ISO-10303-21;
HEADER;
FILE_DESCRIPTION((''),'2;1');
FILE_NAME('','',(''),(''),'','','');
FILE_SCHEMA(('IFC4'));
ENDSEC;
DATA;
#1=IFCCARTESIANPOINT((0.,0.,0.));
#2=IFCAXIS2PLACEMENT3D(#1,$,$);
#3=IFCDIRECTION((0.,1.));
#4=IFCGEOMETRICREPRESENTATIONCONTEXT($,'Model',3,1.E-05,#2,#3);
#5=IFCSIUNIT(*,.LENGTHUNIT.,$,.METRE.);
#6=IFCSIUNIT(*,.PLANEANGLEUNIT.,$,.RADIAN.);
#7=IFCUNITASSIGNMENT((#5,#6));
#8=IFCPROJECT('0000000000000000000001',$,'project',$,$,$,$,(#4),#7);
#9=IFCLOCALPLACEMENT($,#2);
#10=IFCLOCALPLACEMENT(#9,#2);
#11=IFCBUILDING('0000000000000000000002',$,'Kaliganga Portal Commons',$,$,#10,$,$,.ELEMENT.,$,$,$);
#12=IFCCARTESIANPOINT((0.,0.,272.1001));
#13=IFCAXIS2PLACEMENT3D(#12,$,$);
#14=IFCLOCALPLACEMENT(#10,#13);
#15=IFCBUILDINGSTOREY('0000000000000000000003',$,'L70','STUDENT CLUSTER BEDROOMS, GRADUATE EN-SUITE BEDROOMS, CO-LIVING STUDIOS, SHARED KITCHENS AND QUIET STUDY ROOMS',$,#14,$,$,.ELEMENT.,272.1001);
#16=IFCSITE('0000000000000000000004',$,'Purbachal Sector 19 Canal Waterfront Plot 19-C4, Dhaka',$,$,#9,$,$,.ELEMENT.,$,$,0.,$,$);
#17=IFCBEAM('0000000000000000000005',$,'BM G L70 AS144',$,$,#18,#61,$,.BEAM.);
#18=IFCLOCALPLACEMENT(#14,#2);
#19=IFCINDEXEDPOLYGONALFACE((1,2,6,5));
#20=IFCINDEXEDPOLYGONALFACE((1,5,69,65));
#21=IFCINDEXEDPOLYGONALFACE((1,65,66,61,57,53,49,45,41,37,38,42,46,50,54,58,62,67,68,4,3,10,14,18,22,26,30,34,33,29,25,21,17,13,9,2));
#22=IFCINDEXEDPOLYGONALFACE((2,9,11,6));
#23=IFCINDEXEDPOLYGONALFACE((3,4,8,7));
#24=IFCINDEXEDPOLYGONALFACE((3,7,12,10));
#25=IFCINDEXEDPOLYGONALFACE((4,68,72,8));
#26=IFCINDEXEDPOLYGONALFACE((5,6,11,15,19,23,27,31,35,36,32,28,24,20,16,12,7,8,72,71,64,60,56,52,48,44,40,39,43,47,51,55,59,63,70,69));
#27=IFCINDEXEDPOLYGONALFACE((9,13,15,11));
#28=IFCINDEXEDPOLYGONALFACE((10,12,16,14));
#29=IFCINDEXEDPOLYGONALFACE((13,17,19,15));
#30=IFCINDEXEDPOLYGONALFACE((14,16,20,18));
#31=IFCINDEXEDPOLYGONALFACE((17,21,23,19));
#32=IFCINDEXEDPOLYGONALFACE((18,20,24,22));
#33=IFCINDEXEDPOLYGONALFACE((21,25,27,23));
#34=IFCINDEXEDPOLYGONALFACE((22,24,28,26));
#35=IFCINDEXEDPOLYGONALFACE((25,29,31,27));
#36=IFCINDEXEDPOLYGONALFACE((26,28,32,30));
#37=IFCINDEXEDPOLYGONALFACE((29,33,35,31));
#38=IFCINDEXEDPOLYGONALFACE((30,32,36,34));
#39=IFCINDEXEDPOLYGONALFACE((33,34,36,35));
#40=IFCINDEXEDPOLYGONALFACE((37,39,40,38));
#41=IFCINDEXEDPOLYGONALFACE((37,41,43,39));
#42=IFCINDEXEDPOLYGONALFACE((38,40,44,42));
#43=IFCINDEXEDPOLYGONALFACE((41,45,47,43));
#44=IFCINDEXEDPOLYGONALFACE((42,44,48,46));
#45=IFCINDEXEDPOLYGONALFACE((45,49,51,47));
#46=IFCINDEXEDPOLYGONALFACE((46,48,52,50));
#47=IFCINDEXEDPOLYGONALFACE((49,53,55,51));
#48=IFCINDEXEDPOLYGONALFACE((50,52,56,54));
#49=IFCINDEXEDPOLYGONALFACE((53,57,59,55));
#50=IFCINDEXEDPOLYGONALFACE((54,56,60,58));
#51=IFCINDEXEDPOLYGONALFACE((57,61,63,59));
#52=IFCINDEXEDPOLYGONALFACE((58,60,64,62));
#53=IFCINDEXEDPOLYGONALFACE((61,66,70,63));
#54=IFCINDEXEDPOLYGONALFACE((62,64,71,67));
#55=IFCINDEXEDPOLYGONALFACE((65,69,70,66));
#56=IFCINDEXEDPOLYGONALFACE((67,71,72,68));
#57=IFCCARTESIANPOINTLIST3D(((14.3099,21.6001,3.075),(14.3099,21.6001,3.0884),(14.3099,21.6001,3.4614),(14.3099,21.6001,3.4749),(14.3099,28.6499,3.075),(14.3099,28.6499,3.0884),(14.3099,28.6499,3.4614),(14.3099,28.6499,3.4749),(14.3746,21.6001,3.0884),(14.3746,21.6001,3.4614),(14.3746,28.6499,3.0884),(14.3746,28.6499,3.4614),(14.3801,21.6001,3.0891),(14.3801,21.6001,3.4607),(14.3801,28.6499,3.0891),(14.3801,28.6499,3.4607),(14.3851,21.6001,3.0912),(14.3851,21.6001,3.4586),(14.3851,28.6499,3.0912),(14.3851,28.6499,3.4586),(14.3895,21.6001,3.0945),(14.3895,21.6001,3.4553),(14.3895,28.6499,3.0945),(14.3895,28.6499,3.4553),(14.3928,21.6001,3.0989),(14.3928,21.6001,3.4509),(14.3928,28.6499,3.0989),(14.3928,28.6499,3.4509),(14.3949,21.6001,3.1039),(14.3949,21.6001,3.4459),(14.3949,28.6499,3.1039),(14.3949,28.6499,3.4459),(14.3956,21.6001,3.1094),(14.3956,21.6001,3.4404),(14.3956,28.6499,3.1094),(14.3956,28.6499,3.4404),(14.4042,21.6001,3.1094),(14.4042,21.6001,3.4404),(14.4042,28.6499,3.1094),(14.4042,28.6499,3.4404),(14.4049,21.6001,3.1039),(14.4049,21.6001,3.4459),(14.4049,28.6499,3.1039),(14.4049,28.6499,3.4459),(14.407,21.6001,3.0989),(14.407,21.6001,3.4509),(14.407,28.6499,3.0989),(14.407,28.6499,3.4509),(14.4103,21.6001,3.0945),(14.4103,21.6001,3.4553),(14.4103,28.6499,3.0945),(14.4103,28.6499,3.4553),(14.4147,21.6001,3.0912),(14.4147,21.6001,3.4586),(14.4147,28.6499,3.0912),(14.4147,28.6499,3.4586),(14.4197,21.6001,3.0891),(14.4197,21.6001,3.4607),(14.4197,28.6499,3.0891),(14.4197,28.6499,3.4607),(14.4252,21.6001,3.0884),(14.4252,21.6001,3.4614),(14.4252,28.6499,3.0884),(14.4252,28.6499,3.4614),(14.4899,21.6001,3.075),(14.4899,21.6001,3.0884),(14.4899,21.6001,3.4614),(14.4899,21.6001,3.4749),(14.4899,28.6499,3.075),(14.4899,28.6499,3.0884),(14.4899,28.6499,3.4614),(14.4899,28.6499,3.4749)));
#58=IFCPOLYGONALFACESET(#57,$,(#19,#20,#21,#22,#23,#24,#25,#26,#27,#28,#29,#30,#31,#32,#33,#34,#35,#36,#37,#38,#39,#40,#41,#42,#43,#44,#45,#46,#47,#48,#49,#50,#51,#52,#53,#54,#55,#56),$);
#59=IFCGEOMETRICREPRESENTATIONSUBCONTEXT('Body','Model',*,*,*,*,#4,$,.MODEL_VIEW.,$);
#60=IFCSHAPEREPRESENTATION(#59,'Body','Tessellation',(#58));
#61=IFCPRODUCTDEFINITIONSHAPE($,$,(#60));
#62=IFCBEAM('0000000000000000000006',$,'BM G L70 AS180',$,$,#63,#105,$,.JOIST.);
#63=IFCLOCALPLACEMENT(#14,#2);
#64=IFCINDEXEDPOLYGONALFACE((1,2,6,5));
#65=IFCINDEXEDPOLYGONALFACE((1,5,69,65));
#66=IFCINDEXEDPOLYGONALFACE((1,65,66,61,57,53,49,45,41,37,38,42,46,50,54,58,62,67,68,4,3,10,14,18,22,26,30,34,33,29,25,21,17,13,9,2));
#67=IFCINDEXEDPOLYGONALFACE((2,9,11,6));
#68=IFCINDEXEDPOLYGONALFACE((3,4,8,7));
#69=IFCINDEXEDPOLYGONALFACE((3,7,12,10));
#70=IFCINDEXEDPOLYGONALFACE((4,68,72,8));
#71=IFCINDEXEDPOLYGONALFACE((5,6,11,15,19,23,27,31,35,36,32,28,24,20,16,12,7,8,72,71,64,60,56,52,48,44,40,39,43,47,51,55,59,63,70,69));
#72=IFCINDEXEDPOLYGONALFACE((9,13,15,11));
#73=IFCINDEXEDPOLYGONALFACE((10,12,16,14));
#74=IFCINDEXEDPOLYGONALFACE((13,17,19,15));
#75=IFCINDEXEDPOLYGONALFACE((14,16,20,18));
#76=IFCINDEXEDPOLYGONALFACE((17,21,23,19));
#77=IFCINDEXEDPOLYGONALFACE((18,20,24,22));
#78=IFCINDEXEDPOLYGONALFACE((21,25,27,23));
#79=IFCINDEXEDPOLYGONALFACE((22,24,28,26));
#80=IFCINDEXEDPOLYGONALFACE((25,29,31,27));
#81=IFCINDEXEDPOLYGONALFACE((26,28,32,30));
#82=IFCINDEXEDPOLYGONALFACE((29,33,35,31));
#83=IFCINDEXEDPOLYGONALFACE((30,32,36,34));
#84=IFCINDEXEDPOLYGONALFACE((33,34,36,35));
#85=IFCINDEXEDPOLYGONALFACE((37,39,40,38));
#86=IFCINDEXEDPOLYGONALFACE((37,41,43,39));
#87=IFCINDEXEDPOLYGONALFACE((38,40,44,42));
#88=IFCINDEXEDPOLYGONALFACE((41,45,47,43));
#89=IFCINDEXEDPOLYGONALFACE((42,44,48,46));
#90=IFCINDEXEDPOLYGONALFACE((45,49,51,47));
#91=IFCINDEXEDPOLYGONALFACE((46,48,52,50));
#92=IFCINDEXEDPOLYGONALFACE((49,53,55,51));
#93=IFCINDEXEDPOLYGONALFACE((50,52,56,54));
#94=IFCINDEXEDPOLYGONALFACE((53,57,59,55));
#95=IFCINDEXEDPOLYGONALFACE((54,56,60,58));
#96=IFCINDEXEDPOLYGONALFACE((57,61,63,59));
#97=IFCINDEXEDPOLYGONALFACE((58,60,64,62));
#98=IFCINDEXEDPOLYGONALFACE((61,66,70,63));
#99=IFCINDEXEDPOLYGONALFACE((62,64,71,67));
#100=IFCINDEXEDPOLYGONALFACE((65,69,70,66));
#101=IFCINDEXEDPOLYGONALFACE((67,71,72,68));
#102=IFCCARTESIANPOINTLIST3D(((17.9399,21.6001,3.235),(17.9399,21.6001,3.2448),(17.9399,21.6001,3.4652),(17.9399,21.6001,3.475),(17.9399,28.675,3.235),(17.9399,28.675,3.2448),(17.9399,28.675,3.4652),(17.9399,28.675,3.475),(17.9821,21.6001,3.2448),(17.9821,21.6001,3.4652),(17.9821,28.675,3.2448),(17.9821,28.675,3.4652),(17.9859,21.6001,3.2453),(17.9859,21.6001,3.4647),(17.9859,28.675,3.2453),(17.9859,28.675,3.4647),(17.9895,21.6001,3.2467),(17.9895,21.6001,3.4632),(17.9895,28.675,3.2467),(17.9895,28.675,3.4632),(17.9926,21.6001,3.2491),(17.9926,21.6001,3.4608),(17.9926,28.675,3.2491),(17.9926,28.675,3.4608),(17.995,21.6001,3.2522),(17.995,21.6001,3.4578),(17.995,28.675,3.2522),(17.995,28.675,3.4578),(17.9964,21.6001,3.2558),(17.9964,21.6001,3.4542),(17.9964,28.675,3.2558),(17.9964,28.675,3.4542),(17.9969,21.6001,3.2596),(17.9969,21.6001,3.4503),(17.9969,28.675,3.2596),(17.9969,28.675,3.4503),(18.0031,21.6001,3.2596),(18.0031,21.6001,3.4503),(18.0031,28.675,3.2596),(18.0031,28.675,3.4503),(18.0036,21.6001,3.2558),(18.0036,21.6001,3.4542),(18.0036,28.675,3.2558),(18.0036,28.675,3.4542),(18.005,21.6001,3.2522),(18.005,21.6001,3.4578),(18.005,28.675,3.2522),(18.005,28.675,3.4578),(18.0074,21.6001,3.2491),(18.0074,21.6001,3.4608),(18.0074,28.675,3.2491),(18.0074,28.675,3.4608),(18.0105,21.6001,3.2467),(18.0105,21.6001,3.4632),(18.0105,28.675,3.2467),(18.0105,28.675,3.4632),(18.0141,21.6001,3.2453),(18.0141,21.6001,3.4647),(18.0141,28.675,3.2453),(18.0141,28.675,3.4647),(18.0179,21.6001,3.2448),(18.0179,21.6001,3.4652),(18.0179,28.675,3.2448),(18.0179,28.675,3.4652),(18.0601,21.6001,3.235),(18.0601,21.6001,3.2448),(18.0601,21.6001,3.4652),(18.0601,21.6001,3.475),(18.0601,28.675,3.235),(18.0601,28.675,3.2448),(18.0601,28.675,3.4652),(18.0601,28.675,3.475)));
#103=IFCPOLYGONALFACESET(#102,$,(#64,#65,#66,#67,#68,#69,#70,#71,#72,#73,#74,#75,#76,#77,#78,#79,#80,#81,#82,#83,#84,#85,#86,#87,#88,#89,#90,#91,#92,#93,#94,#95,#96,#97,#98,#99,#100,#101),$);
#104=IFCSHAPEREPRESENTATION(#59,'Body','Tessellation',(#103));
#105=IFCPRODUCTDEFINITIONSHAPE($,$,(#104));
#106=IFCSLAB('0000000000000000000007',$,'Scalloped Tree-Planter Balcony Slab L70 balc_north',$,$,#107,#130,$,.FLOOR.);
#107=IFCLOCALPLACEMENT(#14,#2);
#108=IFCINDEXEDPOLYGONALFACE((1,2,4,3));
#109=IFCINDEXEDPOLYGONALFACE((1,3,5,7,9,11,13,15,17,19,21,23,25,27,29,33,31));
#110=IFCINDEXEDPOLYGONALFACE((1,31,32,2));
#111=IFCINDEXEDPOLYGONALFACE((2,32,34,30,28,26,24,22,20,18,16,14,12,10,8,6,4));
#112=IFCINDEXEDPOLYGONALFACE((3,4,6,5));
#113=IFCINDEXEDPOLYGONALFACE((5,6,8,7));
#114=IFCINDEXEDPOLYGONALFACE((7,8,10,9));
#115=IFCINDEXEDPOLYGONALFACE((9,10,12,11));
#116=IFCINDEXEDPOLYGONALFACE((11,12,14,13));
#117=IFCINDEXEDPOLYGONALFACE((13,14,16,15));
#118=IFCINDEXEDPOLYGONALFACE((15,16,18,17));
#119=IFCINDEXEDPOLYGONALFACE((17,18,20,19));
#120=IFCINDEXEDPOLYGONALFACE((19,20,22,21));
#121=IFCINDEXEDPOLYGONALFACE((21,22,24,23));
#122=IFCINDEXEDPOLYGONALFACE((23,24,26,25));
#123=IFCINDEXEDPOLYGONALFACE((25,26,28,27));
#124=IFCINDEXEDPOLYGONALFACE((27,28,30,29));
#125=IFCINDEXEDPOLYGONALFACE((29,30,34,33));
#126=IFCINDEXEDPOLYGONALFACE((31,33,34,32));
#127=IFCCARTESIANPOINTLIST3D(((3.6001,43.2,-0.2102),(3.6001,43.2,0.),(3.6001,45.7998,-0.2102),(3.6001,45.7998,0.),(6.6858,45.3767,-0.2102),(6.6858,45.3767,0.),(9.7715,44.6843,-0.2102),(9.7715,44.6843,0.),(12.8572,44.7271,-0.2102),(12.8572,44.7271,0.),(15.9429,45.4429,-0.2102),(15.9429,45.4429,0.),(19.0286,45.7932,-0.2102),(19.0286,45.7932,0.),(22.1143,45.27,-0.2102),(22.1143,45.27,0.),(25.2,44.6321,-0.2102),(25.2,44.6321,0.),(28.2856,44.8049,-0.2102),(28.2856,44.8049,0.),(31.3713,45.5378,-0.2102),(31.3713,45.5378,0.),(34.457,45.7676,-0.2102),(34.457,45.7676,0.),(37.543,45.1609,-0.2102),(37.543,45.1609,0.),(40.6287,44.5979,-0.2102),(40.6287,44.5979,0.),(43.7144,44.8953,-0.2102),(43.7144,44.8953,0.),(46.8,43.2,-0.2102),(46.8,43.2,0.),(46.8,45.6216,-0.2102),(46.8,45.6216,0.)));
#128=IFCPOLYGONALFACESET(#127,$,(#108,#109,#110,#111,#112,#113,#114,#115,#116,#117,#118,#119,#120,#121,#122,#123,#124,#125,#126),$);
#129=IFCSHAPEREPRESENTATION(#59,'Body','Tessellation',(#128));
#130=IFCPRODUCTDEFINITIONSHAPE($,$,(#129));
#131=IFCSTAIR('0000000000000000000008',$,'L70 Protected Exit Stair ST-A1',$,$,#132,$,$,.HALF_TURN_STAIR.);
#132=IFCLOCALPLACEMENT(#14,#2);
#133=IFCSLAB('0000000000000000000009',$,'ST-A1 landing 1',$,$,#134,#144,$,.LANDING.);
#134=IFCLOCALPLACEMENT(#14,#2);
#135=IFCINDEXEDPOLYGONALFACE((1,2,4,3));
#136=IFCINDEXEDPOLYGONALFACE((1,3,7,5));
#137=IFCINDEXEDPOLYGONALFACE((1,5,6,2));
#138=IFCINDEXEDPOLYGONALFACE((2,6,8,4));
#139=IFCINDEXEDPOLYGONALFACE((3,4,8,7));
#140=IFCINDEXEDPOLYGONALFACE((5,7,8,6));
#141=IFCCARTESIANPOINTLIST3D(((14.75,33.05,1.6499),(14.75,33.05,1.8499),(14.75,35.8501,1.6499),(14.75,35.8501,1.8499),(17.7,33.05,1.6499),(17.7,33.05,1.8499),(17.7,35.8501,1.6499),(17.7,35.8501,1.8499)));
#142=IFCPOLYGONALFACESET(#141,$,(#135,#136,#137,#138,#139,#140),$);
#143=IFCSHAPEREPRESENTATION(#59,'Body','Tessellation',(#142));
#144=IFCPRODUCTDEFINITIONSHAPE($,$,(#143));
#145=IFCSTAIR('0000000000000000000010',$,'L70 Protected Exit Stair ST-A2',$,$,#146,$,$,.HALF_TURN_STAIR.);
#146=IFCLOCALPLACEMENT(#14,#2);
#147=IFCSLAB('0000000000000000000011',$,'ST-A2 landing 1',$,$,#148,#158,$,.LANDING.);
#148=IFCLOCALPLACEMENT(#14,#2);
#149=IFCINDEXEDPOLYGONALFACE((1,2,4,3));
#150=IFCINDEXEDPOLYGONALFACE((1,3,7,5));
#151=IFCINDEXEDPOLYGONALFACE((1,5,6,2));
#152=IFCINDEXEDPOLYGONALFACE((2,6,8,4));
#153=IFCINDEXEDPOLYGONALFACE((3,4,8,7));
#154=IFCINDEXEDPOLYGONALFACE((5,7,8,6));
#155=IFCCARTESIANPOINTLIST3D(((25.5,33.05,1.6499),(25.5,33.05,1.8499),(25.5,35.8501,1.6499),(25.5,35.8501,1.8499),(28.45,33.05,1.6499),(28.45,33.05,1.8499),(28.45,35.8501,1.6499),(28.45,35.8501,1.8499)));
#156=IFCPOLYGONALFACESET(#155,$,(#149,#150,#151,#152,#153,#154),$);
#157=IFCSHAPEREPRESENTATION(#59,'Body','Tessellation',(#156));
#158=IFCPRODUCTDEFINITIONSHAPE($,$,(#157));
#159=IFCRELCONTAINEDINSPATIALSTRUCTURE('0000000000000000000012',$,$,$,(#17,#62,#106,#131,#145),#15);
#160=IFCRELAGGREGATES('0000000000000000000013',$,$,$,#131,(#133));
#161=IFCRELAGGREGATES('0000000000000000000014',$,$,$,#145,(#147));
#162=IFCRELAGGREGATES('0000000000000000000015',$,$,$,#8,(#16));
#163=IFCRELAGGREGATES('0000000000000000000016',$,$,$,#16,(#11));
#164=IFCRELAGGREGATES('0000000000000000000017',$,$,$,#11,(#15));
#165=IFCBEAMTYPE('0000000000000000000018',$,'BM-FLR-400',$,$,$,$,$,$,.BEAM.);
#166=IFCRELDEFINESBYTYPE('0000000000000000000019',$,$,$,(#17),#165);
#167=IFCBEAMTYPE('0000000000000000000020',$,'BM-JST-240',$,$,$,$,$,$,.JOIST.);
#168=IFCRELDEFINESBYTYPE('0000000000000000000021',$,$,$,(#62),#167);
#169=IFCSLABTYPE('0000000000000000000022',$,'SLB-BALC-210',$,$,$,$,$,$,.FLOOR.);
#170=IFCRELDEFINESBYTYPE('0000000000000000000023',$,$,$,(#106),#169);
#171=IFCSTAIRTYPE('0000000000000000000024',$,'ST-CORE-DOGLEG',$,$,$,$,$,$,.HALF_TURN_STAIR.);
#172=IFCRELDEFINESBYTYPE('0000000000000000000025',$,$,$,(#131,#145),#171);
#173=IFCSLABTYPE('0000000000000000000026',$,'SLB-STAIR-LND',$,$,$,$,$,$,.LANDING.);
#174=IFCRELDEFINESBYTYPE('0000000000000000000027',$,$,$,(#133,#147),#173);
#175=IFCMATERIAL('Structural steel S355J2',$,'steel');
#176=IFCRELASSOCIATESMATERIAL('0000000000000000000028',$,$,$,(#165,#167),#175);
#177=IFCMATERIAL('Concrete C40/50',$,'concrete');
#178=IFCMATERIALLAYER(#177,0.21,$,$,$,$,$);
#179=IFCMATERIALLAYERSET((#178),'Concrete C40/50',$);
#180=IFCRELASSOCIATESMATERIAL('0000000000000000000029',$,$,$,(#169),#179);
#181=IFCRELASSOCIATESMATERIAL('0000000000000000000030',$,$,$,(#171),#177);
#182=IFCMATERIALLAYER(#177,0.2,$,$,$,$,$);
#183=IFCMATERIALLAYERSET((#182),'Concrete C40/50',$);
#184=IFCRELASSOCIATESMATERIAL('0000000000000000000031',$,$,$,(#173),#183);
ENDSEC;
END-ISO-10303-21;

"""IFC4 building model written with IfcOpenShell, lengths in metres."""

from ifc_helpers import new_model, si_unit, direction, frame, origin, origin_2d, place, context, subcontext, project, spatial, polyline, i_section, outline, extrude, source, transform, mapped, material, layer, layer_set, material_profile, profile_set, type_object, element, aggregate, save


model = new_model("IFC4")

# Units and contexts
model_context = context("Model", 3, precision=1e-05, world=origin(), true_north=direction((0.0, 1.0)))
body_context = subcontext(model_context, "Body", "Model", "MODEL_VIEW")
ifc_project = project(units=[si_unit("LENGTHUNIT", "METRE"), si_unit("PLANEANGLEUNIT", "RADIAN")], contexts=[model_context])

# Site, building, storey
site_placement = place(None, origin())
site = spatial("IfcSite", under=ifc_project, at=site_placement, Name="Purbachal Sector 19 Canal Waterfront Plot 19-C4, Dhaka", CompositionType="ELEMENT", RefElevation=0.0)
building_placement = place(site_placement, origin())
building = spatial("IfcBuilding", under=site, at=building_placement, Name="Kaliganga Portal Commons", CompositionType="ELEMENT")
storey_placement = place(building_placement, frame((0.0, 0.0, 272.1001)))
storey = spatial("IfcBuildingStorey", under=building, at=storey_placement, Name="L70", Description="STUDENT CLUSTER BEDROOMS, GRADUATE EN-SUITE BEDROOMS, CO-LIVING STUDIOS, SHARED KITCHENS AND QUIET STUDY ROOMS", CompositionType="ELEMENT", Elevation=272.1001)

# Shared definitions
ifc_material_1 = material(Name="Structural steel S355J2", Category="steel")

# Beams
ifc_material_profile_1 = material_profile(ifc_material_1, i_section(OverallWidth=0.1799, OverallDepth=0.3999, WebThickness=0.0085, FlangeThickness=0.0134, FilletRadius=0.021, at=origin_2d()), Name="IPE 400")
ifc_profile_set_1 = profile_set([ifc_material_profile_1], Name="Structural steel S355J2 wide-flange")
beam_type_1 = type_object("IfcBeamType", Name="BM-FLR-400", PredefinedType="BEAM", material=ifc_profile_set_1)
shared_shape_1 = source(origin(), body_context, "Body", "SweptSolid", [
    extrude(i_section(OverallWidth=0.1799, OverallDepth=0.3999, WebThickness=0.0085, FlangeThickness=0.0134, FilletRadius=0.021, at=origin_2d()), origin(), (0.0, 0.0, 1.0), 7.0498),
])
beam_1_placement = place(storey_placement, frame((14.3999, 21.6001, 3.2749), z_axis=(0.0, 1.0, 0.0), x_axis=(-1.0, 0.0, 0.0)))
element("IfcBeam", 1, at=beam_1_placement, inside=storey, type_object=beam_type_1, Name="BM G L70 AS144", PredefinedType="BEAM", context=body_context, shape_type="MappedRepresentation", body=[
    mapped(shared_shape_1, transform((0.0, 0.0, 0.0), x_axis=(1.0, 0.0, 0.0), y_axis=(0.0, 1.0, 0.0), z_axis=(0.0, 0.0, 1.0), scale=1.0)),
])
ifc_material_profile_2 = material_profile(ifc_material_1, i_section(OverallWidth=0.1201, OverallDepth=0.24, WebThickness=0.0061, FlangeThickness=0.0098, FilletRadius=0.0149, at=origin_2d()), Name="IPE 240")
ifc_profile_set_2 = profile_set([ifc_material_profile_2], Name="Structural steel S355J2 wide-flange")
beam_type_2 = type_object("IfcBeamType", Name="BM-JST-240", PredefinedType="JOIST", material=ifc_profile_set_2)
shared_shape_2 = source(origin(), body_context, "Body", "SweptSolid", [
    extrude(i_section(OverallWidth=0.1201, OverallDepth=0.24, WebThickness=0.0061, FlangeThickness=0.0098, FilletRadius=0.0149, at=origin_2d()), origin(), (0.0, 0.0, 1.0), 7.075),
])
beam_2_placement = place(storey_placement, frame((18.0, 21.6001, 3.355), z_axis=(0.0, 1.0, 0.0), x_axis=(-1.0, 0.0, 0.0)))
element("IfcBeam", 2, at=beam_2_placement, inside=storey, type_object=beam_type_2, Name="BM G L70 AS180", PredefinedType="JOIST", context=body_context, shape_type="MappedRepresentation", body=[
    mapped(shared_shape_2, transform((0.0, 0.0, 0.0), x_axis=(1.0, 0.0, 0.0), y_axis=(0.0, 1.0, 0.0), z_axis=(0.0, 0.0, 1.0), scale=1.0)),
])

# Slab
ifc_material_2 = material(Name="Concrete C40/50", Category="concrete")
ifc_layer_1 = layer(ifc_material_2, 0.21)
ifc_layer_set_1 = layer_set([ifc_layer_1], Name="Concrete C40/50")
slab_type_1 = type_object("IfcSlabType", Name="SLB-BALC-210", PredefinedType="FLOOR", material=ifc_layer_set_1)
slab_1_placement = place(storey_placement, frame((0.0, 0.0, -0.2102)))
element("IfcSlab", 3, at=slab_1_placement, inside=storey, type_object=slab_type_1, Name="Scalloped Tree-Planter Balcony Slab L70 balc_north", PredefinedType="FLOOR", context=body_context, shape_type="SweptSolid", body=[
    extrude(outline(polyline([(46.8, 43.2), (46.8, 45.6216), (43.7144, 44.8953), (40.6287, 44.5979), (37.543, 45.1609), (34.457, 45.7676), (31.3713, 45.5378), (28.2856, 44.8049), (25.2, 44.6321), (22.1143, 45.27), (19.0286, 45.7932), (15.9429, 45.4429), (12.8572, 44.7271), (9.7715, 44.6843), (6.6858, 45.3767), (3.6001, 45.7998), (3.6001, 43.2), (46.8, 43.2)])), origin(), (0.0, 0.0, 1.0), 0.2102),
])

# Stairs, slabs
stair_type = type_object("IfcStairType", Name="ST-CORE-DOGLEG", PredefinedType="HALF_TURN_STAIR", material=ifc_material_2)
stair_1_placement = place(storey_placement, origin())
stair_1 = element("IfcStair", 4, at=stair_1_placement, inside=storey, type_object=stair_type, Name="L70 Protected Exit Stair ST-A1", PredefinedType="HALF_TURN_STAIR")
ifc_layer_2 = layer(ifc_material_2, 0.2)
ifc_layer_set_2 = layer_set([ifc_layer_2], Name="Concrete C40/50")
slab_type_2 = type_object("IfcSlabType", Name="SLB-STAIR-LND", PredefinedType="LANDING", material=ifc_layer_set_2)
slab_2_placement = place(storey_placement, frame((0.0, 0.0, 1.6499)))
slab_2 = element("IfcSlab", 5, at=slab_2_placement, type_object=slab_type_2, Name="ST-A1 landing 1", PredefinedType="LANDING", context=body_context, shape_type="SweptSolid", body=[
    extrude(outline(polyline([(17.7, 33.05), (17.7, 35.8501), (14.75, 35.8501), (14.75, 33.05), (17.7, 33.05)])), origin(), (0.0, 0.0, 1.0), 0.2),
])
aggregate(stair_1, [slab_2])
stair_2_placement = place(storey_placement, origin())
stair_2 = element("IfcStair", 6, at=stair_2_placement, inside=storey, type_object=stair_type, Name="L70 Protected Exit Stair ST-A2", PredefinedType="HALF_TURN_STAIR")
slab_3_placement = place(storey_placement, frame((0.0, 0.0, 1.6499)))
slab_3 = element("IfcSlab", 7, at=slab_3_placement, type_object=slab_type_2, Name="ST-A2 landing 1", PredefinedType="LANDING", context=body_context, shape_type="SweptSolid", body=[
    extrude(outline(polyline([(28.45, 33.05), (28.45, 35.8501), (25.5, 35.8501), (25.5, 33.05), (28.45, 33.05)])), origin(), (0.0, 0.0, 1.0), 0.2),
])
aggregate(stair_2, [slab_3])

save(model, "model.ifc")
